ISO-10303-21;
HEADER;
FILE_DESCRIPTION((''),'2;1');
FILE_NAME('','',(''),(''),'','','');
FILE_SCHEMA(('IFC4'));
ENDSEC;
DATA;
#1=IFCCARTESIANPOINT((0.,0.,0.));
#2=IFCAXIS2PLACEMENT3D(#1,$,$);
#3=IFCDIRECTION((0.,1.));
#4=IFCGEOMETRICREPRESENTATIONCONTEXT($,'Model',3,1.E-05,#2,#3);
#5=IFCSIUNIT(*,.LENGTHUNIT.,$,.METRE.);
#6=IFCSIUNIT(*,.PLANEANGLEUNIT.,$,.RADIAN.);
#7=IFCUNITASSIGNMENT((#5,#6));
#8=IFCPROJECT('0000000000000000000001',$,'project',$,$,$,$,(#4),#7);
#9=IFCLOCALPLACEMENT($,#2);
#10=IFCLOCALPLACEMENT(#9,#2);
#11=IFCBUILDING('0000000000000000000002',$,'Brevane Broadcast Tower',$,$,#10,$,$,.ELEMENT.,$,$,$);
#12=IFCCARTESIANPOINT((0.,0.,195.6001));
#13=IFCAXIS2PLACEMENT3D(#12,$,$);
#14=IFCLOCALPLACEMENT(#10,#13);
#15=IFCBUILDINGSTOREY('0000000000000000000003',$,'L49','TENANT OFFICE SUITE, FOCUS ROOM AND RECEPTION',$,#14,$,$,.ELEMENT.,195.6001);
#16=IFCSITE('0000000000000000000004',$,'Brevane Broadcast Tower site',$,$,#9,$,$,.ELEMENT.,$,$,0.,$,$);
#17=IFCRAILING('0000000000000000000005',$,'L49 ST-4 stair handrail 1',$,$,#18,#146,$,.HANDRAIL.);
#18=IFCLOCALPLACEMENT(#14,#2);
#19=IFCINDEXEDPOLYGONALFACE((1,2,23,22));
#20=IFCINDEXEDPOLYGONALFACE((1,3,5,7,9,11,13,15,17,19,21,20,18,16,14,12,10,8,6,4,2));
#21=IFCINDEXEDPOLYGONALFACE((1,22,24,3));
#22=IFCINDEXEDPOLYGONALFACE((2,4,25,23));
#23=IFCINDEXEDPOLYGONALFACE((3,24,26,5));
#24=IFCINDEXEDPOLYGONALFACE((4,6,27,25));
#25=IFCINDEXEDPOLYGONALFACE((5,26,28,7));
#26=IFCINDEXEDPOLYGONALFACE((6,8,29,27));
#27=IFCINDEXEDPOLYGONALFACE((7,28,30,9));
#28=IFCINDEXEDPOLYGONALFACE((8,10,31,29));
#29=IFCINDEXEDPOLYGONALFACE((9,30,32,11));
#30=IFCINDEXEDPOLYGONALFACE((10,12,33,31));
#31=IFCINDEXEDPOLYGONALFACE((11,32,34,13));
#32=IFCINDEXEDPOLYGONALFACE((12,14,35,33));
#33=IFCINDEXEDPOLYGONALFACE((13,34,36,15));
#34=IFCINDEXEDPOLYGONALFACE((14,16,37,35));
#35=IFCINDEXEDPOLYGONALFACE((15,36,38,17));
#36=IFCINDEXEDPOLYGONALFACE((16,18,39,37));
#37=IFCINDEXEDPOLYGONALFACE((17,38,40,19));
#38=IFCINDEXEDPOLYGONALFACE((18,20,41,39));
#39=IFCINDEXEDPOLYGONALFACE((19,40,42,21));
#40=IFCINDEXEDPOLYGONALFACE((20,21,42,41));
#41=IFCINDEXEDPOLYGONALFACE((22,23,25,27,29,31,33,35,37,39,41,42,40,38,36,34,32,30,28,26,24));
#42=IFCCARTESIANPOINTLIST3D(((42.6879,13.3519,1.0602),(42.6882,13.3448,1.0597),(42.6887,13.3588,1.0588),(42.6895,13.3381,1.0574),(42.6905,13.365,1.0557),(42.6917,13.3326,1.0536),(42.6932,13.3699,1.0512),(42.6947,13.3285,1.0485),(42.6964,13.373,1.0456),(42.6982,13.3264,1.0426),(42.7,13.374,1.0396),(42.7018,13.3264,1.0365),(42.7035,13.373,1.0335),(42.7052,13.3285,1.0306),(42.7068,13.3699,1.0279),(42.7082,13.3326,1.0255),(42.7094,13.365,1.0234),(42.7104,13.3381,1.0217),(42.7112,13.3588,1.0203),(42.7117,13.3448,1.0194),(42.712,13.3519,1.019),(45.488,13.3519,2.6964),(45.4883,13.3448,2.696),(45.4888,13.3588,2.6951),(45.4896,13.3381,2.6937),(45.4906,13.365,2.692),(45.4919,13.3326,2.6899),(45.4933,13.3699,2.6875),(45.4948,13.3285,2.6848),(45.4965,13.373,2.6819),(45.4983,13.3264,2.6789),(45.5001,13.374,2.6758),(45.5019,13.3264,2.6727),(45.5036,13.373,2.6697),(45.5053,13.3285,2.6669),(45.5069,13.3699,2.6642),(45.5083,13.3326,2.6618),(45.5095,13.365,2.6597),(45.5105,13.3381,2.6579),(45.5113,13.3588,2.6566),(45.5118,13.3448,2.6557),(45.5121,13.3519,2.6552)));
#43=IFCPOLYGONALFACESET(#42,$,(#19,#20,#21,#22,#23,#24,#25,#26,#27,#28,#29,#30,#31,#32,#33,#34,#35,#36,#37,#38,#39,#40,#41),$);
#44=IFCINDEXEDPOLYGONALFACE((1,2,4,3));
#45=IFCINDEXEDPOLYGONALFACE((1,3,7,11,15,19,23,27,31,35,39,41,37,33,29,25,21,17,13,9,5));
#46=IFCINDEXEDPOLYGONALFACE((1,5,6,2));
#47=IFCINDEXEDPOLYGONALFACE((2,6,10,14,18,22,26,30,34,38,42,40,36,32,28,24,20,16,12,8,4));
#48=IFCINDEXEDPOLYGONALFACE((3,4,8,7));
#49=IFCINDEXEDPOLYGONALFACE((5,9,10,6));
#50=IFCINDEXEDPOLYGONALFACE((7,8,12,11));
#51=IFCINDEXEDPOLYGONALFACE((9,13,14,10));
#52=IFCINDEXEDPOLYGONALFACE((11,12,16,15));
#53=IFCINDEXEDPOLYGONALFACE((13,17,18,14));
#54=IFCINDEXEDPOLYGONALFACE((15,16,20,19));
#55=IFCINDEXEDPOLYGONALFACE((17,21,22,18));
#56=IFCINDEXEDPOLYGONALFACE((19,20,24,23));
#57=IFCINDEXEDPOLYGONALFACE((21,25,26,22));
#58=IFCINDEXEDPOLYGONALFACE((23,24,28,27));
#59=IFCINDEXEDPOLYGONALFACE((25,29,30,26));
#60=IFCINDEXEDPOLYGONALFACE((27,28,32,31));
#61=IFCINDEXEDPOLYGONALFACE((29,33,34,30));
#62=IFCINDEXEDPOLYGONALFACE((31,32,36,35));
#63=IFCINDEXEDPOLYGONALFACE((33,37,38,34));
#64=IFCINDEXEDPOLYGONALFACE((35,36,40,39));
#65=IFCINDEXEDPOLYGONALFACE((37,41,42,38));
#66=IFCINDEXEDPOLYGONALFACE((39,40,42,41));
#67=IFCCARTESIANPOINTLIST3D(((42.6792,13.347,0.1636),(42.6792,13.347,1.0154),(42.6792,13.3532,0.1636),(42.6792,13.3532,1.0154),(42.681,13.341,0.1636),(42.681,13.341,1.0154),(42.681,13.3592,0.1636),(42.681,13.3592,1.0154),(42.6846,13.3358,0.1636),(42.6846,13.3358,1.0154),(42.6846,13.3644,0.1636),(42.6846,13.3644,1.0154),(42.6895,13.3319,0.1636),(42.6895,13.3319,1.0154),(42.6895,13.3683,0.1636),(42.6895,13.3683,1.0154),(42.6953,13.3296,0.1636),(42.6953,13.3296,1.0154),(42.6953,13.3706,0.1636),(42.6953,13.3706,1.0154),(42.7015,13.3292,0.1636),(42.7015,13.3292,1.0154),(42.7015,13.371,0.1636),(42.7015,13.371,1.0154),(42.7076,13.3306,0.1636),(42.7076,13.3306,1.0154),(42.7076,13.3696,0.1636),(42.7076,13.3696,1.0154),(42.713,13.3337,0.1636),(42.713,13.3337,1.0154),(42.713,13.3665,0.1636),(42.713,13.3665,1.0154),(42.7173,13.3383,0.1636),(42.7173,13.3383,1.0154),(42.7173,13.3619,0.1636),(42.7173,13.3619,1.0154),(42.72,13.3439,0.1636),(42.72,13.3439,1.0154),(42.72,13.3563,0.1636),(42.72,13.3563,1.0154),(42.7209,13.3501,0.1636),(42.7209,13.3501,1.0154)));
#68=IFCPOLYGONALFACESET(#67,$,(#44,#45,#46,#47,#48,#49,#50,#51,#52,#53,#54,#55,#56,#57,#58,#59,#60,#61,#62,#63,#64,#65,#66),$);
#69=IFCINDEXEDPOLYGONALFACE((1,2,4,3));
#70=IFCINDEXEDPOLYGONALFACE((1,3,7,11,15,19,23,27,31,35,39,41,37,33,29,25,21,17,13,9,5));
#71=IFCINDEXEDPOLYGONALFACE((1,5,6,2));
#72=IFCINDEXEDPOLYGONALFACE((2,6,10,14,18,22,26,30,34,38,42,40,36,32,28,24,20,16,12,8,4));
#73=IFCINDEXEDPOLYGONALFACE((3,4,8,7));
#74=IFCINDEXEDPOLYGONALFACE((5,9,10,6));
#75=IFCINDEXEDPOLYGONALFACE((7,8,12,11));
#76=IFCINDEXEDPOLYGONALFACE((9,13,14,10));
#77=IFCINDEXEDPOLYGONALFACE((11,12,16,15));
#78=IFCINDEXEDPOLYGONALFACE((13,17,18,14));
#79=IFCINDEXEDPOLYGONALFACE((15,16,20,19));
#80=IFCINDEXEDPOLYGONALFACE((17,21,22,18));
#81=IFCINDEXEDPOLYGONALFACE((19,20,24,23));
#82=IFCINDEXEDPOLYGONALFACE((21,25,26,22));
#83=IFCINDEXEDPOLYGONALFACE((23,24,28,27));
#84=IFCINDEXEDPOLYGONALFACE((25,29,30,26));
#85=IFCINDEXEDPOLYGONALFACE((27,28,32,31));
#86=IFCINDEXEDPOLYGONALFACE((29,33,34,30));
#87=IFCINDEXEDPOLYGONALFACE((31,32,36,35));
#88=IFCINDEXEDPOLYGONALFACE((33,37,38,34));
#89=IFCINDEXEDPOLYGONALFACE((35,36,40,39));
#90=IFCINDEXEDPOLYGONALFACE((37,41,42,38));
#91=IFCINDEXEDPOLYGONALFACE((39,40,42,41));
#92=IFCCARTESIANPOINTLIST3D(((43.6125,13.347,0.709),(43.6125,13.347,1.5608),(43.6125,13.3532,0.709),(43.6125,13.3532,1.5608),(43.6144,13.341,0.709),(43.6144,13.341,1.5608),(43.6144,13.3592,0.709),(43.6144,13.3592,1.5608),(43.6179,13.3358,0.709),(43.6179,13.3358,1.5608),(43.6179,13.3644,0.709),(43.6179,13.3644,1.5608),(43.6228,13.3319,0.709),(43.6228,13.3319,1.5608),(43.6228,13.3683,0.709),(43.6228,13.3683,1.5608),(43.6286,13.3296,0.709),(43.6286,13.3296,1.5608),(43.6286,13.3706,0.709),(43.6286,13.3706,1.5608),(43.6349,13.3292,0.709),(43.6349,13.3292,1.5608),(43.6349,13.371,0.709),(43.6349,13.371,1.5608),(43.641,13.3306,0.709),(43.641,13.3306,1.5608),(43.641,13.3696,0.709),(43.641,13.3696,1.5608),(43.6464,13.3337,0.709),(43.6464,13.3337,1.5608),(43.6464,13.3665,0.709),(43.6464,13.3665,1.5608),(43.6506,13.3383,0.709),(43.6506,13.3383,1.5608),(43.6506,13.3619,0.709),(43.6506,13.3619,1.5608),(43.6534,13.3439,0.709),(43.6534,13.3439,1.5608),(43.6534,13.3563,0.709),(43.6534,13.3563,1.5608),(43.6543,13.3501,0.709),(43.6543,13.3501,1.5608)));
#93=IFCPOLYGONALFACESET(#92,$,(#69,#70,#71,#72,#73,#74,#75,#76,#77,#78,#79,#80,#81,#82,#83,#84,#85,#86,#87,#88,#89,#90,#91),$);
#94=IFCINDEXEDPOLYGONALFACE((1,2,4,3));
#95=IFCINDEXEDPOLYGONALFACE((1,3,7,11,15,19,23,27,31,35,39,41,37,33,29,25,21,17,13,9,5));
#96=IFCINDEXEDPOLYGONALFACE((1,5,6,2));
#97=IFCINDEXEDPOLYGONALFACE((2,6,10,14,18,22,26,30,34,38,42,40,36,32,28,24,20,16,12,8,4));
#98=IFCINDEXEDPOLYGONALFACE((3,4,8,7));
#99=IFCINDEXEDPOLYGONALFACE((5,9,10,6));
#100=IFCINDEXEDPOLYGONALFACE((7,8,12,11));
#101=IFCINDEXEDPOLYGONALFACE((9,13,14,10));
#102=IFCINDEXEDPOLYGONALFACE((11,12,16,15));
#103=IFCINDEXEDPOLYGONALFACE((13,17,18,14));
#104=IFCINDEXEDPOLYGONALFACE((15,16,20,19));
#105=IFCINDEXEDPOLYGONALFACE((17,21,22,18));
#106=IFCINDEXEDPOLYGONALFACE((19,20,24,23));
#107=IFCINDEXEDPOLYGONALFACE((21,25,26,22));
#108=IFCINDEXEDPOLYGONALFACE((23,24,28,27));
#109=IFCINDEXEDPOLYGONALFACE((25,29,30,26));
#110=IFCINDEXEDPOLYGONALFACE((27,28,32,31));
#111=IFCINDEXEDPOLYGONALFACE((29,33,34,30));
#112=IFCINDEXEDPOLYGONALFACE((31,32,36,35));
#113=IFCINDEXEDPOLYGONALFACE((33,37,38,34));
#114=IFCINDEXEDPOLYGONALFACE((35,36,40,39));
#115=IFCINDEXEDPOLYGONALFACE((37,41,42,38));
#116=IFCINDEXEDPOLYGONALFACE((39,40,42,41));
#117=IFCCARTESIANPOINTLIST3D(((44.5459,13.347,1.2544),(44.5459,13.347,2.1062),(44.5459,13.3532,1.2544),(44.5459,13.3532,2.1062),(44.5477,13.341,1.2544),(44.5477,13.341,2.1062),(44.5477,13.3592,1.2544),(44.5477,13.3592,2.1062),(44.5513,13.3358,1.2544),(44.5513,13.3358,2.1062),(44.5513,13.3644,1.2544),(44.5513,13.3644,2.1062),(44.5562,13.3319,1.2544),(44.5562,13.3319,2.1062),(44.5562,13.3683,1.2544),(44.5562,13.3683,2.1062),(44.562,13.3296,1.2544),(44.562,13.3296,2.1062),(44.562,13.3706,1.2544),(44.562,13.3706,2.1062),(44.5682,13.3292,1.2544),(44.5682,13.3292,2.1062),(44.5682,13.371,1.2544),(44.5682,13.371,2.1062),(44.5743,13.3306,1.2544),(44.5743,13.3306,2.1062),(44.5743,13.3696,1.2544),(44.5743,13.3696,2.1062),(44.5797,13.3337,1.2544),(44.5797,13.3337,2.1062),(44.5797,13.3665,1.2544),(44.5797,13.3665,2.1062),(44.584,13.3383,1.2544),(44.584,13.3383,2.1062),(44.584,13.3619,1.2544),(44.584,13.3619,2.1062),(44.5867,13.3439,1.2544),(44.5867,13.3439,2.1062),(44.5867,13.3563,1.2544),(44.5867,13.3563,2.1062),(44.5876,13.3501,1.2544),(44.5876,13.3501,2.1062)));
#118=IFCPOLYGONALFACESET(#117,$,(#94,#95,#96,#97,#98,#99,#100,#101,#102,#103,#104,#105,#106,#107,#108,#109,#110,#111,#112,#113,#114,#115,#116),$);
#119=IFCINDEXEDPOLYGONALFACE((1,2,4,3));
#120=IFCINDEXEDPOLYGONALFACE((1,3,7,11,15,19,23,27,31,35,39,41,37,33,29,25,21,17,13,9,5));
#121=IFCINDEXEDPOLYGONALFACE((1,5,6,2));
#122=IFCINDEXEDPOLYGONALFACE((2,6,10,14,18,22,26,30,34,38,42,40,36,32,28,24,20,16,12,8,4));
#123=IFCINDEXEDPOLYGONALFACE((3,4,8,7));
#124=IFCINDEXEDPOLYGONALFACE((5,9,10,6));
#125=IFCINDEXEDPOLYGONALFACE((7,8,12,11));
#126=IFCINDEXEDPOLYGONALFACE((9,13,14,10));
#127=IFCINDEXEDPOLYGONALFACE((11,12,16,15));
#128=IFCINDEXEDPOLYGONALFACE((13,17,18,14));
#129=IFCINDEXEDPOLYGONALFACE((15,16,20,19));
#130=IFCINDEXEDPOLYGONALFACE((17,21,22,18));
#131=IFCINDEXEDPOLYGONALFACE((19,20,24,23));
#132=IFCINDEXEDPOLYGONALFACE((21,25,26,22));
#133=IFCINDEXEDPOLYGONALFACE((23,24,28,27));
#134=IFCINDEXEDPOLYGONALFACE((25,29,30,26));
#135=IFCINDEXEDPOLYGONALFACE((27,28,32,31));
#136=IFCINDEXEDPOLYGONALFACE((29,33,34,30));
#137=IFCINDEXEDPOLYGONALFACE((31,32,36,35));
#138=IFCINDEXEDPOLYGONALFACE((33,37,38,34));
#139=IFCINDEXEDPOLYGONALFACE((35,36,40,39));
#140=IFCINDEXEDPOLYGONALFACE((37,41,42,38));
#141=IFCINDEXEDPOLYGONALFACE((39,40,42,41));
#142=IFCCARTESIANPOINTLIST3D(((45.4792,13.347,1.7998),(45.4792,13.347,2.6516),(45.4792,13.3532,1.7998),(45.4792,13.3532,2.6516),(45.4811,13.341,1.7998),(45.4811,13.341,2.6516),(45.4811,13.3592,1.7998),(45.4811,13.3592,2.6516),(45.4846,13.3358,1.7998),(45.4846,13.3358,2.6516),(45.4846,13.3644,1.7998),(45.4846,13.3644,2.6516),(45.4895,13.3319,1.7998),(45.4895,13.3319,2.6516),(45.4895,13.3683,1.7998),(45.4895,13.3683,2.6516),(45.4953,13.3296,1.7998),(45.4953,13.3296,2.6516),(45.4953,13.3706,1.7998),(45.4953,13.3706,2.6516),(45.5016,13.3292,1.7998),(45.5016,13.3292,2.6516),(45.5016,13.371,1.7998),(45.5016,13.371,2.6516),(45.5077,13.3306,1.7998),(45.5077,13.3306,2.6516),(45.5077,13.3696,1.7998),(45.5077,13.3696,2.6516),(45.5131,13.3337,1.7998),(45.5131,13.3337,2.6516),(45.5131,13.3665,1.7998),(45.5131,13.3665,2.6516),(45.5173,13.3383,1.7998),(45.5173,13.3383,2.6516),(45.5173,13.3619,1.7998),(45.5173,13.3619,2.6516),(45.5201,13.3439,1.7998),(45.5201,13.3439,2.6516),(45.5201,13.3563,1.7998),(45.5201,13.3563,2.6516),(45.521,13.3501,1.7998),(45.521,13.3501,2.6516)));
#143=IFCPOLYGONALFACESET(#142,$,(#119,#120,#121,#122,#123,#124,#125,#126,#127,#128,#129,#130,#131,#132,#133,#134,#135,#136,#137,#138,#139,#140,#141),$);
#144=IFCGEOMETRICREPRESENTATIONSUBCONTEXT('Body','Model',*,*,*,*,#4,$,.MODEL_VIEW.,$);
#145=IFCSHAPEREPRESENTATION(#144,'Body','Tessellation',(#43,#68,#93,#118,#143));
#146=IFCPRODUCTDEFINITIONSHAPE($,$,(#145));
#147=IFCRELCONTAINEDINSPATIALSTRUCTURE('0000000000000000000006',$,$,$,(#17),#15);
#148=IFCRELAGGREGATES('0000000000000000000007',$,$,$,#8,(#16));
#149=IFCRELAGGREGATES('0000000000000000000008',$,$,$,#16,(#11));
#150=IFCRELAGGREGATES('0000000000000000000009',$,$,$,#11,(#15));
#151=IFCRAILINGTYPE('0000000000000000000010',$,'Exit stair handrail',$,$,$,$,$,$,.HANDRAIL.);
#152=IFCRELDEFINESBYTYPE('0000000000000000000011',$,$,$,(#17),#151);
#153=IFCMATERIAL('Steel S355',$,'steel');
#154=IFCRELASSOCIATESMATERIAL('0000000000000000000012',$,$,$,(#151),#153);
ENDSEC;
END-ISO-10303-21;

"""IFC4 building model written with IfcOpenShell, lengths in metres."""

from ifc_helpers import new_model, si_unit, direction, frame, origin, origin_2d, place, context, subcontext, project, spatial, circle, extrude, material, type_object, element, save


model = new_model("IFC4")

# Units and contexts
model_context = context("Model", 3, precision=1e-05, world=origin(), true_north=direction((0.0, 1.0)))
body_context = subcontext(model_context, "Body", "Model", "MODEL_VIEW")
ifc_project = project(units=[si_unit("LENGTHUNIT", "METRE"), si_unit("PLANEANGLEUNIT", "RADIAN")], contexts=[model_context])

# Site, building, storey
site_placement = place(None, origin())
site = spatial("IfcSite", under=ifc_project, at=site_placement, Name="Brevane Broadcast Tower site", CompositionType="ELEMENT", RefElevation=0.0)
building_placement = place(site_placement, origin())
building = spatial("IfcBuilding", under=site, at=building_placement, Name="Brevane Broadcast Tower", CompositionType="ELEMENT")
storey_placement = place(building_placement, frame((0.0, 0.0, 195.6001)))
storey = spatial("IfcBuildingStorey", under=building, at=storey_placement, Name="L49", Description="TENANT OFFICE SUITE, FOCUS ROOM AND RECEPTION", CompositionType="ELEMENT", Elevation=195.6001)

# Railing
ifc_material_1 = material(Name="Steel S355", Category="steel")
railing_type_1 = type_object("IfcRailingType", Name="Exit stair handrail", PredefinedType="HANDRAIL", material=ifc_material_1)
railing_1_placement = place(storey_placement, frame((42.7, 13.3501, 0.1636)))
element("IfcRailing", 1, at=railing_1_placement, inside=storey, type_object=railing_type_1, Name="L49 ST-4 stair handrail 1", PredefinedType="HANDRAIL", context=body_context, shape_type="SweptSolid", body=[
    extrude(circle(Radius=0.0239, at=origin_2d()), frame((0.0, 0.0, 0.876), z_axis=(0.863394, 0.0, 0.504531), x_axis=(0.0, 1.0, 0.0)), (0.0, 0.0, 1.0), 3.2432),
    extrude(circle(Radius=0.021, at=origin_2d()), origin(), (0.0, 0.0, 1.0), 0.8518),
    extrude(circle(Radius=0.021, at=origin_2d()), frame((0.9333, 0.0, 0.5454)), (0.0, 0.0, 1.0), 0.8518),
    extrude(circle(Radius=0.021, at=origin_2d()), frame((1.8667, 0.0, 1.0908)), (0.0, 0.0, 1.0), 0.8518),
    extrude(circle(Radius=0.021, at=origin_2d()), frame((2.8, 0.0, 1.6362)), (0.0, 0.0, 1.0), 0.8518),
])

save(model, "model.ifc")
